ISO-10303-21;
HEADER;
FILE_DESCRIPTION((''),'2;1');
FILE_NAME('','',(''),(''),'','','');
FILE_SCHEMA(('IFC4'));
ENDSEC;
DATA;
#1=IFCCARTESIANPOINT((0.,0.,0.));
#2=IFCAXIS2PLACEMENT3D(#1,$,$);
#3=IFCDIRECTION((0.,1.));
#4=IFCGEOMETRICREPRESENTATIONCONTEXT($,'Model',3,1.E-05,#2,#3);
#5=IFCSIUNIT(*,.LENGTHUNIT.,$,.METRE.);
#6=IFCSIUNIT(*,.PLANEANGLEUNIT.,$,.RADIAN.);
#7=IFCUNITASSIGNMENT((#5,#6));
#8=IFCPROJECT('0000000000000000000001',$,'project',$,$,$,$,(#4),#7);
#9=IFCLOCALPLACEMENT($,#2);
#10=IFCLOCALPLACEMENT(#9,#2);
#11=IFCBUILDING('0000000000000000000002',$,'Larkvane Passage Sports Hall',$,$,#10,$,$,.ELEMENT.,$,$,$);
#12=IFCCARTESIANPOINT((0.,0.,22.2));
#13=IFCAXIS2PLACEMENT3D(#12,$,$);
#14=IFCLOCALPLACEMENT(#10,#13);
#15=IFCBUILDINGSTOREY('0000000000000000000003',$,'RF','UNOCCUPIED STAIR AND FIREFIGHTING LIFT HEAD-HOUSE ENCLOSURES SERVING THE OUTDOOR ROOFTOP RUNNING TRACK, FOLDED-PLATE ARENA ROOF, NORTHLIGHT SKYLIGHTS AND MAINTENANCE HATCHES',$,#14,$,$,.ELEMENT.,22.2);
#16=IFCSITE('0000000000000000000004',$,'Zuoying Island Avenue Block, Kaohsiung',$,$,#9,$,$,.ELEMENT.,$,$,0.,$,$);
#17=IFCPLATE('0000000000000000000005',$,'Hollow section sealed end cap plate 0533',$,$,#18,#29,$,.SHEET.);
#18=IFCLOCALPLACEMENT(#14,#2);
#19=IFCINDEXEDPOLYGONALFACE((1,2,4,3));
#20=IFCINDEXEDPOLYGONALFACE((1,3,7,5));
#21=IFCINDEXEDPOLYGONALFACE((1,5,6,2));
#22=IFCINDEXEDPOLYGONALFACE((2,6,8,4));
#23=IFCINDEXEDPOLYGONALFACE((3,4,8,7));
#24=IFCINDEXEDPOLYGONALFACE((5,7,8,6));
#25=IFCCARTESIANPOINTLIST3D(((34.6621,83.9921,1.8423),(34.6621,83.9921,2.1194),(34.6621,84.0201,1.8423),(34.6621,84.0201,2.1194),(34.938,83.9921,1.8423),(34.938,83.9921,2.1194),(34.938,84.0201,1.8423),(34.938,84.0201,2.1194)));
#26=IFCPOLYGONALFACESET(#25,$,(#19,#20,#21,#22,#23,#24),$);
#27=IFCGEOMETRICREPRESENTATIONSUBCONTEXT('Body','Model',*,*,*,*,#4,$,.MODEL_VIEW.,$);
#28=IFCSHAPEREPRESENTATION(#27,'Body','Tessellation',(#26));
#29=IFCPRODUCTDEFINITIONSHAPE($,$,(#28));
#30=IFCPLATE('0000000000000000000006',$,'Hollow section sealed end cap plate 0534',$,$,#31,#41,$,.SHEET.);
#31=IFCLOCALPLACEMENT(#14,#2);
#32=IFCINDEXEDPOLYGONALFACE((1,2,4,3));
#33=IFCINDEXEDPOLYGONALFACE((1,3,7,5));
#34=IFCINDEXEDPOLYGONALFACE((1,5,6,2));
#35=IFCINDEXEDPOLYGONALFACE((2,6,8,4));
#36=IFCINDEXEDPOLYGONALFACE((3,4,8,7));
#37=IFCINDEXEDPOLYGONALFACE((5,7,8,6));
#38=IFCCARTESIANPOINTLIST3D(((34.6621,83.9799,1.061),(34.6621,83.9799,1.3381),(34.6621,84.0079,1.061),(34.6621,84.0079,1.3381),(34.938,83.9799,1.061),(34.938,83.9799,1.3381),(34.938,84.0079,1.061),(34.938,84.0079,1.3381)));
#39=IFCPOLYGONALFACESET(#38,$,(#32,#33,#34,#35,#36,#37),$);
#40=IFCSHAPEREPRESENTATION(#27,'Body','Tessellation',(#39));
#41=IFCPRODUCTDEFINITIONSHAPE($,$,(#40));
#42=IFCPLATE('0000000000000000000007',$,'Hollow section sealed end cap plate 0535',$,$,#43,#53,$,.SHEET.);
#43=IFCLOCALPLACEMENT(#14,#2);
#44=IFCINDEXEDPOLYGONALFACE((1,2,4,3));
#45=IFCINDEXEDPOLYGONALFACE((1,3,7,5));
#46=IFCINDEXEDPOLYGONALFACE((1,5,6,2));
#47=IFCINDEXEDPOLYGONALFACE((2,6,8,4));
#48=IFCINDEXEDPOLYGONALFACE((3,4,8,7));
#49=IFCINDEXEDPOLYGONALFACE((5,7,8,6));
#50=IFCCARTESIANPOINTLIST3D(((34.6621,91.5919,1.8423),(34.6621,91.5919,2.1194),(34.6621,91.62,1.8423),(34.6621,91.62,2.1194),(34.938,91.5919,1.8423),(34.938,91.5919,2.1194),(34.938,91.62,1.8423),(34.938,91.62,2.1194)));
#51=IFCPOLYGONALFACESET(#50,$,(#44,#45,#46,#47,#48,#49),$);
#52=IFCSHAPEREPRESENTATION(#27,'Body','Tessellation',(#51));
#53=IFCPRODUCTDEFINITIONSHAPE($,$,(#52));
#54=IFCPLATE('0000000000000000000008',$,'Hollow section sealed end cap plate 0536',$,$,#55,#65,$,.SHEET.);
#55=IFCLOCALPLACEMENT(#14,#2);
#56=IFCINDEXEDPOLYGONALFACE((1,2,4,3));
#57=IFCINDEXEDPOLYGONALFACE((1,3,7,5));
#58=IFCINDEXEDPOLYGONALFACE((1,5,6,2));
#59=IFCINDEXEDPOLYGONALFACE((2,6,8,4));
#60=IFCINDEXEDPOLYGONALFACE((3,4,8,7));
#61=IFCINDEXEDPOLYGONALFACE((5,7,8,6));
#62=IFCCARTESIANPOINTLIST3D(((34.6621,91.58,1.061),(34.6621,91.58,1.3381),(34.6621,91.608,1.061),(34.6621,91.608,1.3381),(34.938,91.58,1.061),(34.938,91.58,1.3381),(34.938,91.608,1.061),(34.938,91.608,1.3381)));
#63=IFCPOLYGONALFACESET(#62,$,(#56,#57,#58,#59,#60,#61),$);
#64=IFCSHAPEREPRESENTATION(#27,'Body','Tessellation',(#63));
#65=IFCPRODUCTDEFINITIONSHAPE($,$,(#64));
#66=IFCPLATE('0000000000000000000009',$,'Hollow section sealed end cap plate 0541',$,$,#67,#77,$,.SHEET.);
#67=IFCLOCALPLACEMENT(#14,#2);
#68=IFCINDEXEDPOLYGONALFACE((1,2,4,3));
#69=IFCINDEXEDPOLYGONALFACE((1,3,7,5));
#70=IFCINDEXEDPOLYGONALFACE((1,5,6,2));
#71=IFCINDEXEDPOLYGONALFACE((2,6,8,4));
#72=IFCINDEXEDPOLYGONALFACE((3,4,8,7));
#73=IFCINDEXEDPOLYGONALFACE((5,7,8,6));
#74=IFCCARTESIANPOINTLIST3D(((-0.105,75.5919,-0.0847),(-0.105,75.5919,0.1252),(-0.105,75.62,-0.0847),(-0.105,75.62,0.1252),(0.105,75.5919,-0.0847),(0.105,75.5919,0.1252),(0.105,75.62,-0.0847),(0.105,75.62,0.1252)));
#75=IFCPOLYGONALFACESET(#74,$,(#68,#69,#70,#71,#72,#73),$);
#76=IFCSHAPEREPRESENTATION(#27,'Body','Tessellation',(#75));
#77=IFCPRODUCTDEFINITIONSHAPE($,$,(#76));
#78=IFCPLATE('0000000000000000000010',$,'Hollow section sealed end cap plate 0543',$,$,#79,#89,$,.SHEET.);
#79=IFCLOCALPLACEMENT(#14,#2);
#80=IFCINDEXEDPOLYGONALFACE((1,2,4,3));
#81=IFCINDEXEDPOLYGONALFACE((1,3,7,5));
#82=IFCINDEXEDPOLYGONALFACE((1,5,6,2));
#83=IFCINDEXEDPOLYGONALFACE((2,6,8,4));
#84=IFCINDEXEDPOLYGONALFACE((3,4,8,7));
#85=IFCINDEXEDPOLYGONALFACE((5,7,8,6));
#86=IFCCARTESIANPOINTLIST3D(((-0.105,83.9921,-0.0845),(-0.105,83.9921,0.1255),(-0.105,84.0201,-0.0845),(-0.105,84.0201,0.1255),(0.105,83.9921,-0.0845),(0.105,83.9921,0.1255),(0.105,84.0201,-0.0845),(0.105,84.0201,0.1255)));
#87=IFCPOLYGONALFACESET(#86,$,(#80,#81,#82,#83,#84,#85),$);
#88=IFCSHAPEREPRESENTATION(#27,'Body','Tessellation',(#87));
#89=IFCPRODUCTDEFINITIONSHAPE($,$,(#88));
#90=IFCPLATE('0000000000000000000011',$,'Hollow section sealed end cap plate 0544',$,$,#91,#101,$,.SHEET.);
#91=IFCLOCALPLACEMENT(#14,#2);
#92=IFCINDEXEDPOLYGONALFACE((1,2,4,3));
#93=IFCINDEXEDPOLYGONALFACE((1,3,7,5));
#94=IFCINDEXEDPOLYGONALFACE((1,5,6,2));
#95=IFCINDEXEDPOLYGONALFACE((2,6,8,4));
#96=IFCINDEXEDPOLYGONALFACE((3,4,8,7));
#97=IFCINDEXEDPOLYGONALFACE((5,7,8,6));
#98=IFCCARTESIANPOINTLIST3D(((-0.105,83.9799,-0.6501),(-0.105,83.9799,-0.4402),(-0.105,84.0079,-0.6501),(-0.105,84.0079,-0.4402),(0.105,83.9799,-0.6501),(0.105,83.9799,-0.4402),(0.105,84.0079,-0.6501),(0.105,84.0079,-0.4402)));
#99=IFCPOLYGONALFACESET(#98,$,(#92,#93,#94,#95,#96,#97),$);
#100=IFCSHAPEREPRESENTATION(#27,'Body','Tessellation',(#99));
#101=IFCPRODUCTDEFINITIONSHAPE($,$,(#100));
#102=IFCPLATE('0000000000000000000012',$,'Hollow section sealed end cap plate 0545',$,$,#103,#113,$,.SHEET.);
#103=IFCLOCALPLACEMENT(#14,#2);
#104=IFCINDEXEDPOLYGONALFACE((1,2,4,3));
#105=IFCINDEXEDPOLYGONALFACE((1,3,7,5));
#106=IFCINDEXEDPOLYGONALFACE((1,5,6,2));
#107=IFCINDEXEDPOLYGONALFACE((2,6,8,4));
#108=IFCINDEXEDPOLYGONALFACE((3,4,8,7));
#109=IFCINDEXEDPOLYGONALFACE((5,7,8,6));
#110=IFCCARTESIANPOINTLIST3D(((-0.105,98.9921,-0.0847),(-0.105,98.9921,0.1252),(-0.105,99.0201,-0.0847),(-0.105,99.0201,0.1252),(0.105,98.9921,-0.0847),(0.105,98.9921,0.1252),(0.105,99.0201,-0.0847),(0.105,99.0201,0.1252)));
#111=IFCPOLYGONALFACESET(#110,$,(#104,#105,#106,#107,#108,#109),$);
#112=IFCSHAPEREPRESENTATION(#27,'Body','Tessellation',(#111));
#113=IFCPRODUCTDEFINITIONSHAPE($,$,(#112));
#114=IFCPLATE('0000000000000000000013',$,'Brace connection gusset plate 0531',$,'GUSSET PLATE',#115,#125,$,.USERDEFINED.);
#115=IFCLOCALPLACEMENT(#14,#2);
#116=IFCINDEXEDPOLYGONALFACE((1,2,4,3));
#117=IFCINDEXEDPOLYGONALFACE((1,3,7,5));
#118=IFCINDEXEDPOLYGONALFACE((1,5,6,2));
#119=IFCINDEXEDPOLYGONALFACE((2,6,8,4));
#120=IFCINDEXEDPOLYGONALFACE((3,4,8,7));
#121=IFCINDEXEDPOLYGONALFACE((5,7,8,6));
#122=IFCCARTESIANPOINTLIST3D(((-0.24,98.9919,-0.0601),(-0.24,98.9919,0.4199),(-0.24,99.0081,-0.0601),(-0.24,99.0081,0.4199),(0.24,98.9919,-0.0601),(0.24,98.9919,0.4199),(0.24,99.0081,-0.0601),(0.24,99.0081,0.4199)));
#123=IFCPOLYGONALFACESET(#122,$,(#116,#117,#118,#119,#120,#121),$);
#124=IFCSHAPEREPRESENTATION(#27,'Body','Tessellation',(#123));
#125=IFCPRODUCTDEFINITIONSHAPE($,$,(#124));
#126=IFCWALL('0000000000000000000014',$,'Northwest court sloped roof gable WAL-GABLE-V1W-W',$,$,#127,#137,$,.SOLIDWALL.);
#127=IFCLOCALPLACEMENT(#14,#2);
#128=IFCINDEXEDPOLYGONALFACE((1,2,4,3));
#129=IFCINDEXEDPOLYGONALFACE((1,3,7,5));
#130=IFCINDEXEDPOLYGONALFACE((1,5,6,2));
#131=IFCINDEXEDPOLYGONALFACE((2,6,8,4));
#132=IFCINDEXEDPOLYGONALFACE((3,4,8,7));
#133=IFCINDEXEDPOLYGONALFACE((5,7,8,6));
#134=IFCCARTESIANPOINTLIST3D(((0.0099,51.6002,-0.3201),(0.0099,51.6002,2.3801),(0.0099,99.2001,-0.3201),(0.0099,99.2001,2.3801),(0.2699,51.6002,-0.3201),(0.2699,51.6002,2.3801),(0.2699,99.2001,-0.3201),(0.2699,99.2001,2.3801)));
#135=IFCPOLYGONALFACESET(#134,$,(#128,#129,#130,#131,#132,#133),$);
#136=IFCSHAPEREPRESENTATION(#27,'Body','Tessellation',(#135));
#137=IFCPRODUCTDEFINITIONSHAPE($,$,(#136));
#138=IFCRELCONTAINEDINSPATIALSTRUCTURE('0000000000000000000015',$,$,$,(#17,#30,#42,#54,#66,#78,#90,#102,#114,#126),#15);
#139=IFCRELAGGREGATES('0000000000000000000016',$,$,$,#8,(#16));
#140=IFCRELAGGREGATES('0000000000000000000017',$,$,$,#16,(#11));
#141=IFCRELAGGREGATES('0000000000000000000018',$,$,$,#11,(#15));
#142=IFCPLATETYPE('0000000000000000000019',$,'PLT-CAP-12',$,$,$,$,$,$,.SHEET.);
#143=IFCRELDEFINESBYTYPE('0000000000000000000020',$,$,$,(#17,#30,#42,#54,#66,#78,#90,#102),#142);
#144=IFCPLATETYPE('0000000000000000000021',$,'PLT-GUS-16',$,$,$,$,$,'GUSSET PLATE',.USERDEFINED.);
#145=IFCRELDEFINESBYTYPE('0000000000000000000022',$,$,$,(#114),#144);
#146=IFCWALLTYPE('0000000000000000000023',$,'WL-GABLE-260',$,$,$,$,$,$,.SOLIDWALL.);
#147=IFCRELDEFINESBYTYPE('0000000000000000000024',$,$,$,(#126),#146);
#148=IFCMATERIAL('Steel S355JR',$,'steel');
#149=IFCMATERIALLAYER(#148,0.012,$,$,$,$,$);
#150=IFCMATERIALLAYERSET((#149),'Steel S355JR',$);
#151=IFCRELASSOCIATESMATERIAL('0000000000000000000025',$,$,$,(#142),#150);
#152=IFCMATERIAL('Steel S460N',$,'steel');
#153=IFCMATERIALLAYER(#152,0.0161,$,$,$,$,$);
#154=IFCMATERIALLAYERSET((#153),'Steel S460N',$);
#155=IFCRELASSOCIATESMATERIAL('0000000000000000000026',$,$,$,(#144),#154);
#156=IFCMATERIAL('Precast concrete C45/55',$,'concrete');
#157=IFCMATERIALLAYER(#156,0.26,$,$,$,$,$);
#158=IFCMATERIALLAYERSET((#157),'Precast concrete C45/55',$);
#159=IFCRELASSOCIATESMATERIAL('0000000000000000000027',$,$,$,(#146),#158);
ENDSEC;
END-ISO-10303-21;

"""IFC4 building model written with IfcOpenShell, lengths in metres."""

from ifc_helpers import new_model, si_unit, direction, frame, frame_2d, origin, origin_2d, place, context, subcontext, project, spatial, rectangle, extrude, material, layer, layer_set, type_object, element, save


model = new_model("IFC4")

# Units and contexts
model_context = context("Model", 3, precision=1e-05, world=origin(), true_north=direction((0.0, 1.0)))
body_context = subcontext(model_context, "Body", "Model", "MODEL_VIEW")
ifc_project = project(units=[si_unit("LENGTHUNIT", "METRE"), si_unit("PLANEANGLEUNIT", "RADIAN")], contexts=[model_context])

# Site, building, storey
site_placement = place(None, origin())
site = spatial("IfcSite", under=ifc_project, at=site_placement, Name="Zuoying Island Avenue Block, Kaohsiung", CompositionType="ELEMENT", RefElevation=0.0)
building_placement = place(site_placement, origin())
building = spatial("IfcBuilding", under=site, at=building_placement, Name="Larkvane Passage Sports Hall", CompositionType="ELEMENT")
storey_placement = place(building_placement, frame((0.0, 0.0, 22.2)))
storey = spatial("IfcBuildingStorey", under=building, at=storey_placement, Name="RF", Description="UNOCCUPIED STAIR AND FIREFIGHTING LIFT HEAD-HOUSE ENCLOSURES SERVING THE OUTDOOR ROOFTOP RUNNING TRACK, FOLDED-PLATE ARENA ROOF, NORTHLIGHT SKYLIGHTS AND MAINTENANCE HATCHES", CompositionType="ELEMENT", Elevation=22.2)

# Shared definitions
ifc_material_1 = material(Name="Steel S355JR", Category="steel")

# Shared definitions
ifc_material_2 = material(Name="Steel S460N", Category="steel")

# Plates
ifc_layer_1 = layer(ifc_material_1, 0.012)
ifc_layer_set_1 = layer_set([ifc_layer_1], Name="Steel S355JR")
plate_type_1 = type_object("IfcPlateType", Name="PLT-CAP-12", PredefinedType="SHEET", material=ifc_layer_set_1)
for number, where, z_axis, x_axis, name in (
    (1, (34.8, 84.0061, 1.8423), (0.0, 0.0, 1.0), (-1.0, 0.0, 0.0), "Hollow section sealed end cap plate 0533"),
    (2, (34.8, 83.9939, 1.061), (0.0, 0.0, 1.0), (-1.0, 0.0, 0.0), "Hollow section sealed end cap plate 0534"),
    (3, (34.8, 91.606, 1.8423), (0.0, 0.0, 1.0), (-1.0, 0.0, 0.0), "Hollow section sealed end cap plate 0535"),
    (4, (34.8, 91.594, 1.061), (0.0, 0.0, 1.0), (-1.0, 0.0, 0.0), "Hollow section sealed end cap plate 0536"),
):
    element("IfcPlate", number, at=place(storey_placement, frame(where, z_axis=z_axis, x_axis=x_axis)), inside=storey, type_object=plate_type_1, Name=name, PredefinedType="SHEET", context=body_context, shape_type="SweptSolid", body=[
        extrude(rectangle(XDim=0.2759, YDim=0.0281, at=origin_2d()), origin(), (0.0, 0.0, 1.0), 0.2771),
    ])
for number, where, z_axis, x_axis, name in (
    (5, (0.0, 75.606, -0.0847), (0.0, 0.0, 1.0), (-1.0, 0.0, 0.0), "Hollow section sealed end cap plate 0541"),
    (6, (0.0, 84.0061, -0.0845), (0.0, 0.0, 1.0), (-1.0, 0.0, 0.0), "Hollow section sealed end cap plate 0543"),
    (7, (0.0, 83.9939, -0.6501), (0.0, 0.0, 1.0), (-1.0, 0.0, 0.0), "Hollow section sealed end cap plate 0544"),
    (8, (0.0, 99.0061, -0.0847), (0.0, 0.0, 1.0), (-1.0, 0.0, 0.0), "Hollow section sealed end cap plate 0545"),
):
    element("IfcPlate", number, at=place(storey_placement, frame(where, z_axis=z_axis, x_axis=x_axis)), inside=storey, type_object=plate_type_1, Name=name, PredefinedType="SHEET", context=body_context, shape_type="SweptSolid", body=[
        extrude(rectangle(XDim=0.21, YDim=0.0281, at=origin_2d()), origin(), (0.0, 0.0, 1.0), 0.21),
    ])
ifc_layer_2 = layer(ifc_material_2, 0.0161)
ifc_layer_set_2 = layer_set([ifc_layer_2], Name="Steel S460N")
plate_type_2 = type_object("IfcPlateType", Name="PLT-GUS-16", ElementType="GUSSET PLATE", PredefinedType="USERDEFINED", material=ifc_layer_set_2)
plate_placement = place(storey_placement, frame((0.0, 99.0, -0.0601), z_axis=(0.0, 0.0, 1.0), x_axis=(1.0, 0.0, 0.0)))
element("IfcPlate", 9, at=plate_placement, inside=storey, type_object=plate_type_2, Name="Brace connection gusset plate 0531", ObjectType="GUSSET PLATE", PredefinedType="USERDEFINED", context=body_context, shape_type="SweptSolid", body=[
    extrude(rectangle(XDim=0.48, YDim=0.0161, at=origin_2d()), origin(), (0.0, 0.0, 1.0), 0.48),
])

# Wall
ifc_material_3 = material(Name="Precast concrete C45/55", Category="concrete")
ifc_layer_3 = layer(ifc_material_3, 0.26)
ifc_layer_set_3 = layer_set([ifc_layer_3], Name="Precast concrete C45/55")
wall_type = type_object("IfcWallType", Name="WL-GABLE-260", PredefinedType="SOLIDWALL", material=ifc_layer_set_3)
wall_placement = place(storey_placement, frame((0.1399, 99.2, -0.3201), z_axis=(0.0, 0.0, 1.0), x_axis=(0.0, -1.0, 0.0)))
element("IfcWall", 10, at=wall_placement, inside=storey, type_object=wall_type, Name="Northwest court sloped roof gable WAL-GABLE-V1W-W", PredefinedType="SOLIDWALL", context=body_context, shape_type="SweptSolid", body=[
    extrude(rectangle(XDim=47.5999, YDim=0.26, at=frame_2d((23.7998, 0.0))), origin(), (0.0, 0.0, 1.0), 2.7002),
])

save(model, "model.ifc")
